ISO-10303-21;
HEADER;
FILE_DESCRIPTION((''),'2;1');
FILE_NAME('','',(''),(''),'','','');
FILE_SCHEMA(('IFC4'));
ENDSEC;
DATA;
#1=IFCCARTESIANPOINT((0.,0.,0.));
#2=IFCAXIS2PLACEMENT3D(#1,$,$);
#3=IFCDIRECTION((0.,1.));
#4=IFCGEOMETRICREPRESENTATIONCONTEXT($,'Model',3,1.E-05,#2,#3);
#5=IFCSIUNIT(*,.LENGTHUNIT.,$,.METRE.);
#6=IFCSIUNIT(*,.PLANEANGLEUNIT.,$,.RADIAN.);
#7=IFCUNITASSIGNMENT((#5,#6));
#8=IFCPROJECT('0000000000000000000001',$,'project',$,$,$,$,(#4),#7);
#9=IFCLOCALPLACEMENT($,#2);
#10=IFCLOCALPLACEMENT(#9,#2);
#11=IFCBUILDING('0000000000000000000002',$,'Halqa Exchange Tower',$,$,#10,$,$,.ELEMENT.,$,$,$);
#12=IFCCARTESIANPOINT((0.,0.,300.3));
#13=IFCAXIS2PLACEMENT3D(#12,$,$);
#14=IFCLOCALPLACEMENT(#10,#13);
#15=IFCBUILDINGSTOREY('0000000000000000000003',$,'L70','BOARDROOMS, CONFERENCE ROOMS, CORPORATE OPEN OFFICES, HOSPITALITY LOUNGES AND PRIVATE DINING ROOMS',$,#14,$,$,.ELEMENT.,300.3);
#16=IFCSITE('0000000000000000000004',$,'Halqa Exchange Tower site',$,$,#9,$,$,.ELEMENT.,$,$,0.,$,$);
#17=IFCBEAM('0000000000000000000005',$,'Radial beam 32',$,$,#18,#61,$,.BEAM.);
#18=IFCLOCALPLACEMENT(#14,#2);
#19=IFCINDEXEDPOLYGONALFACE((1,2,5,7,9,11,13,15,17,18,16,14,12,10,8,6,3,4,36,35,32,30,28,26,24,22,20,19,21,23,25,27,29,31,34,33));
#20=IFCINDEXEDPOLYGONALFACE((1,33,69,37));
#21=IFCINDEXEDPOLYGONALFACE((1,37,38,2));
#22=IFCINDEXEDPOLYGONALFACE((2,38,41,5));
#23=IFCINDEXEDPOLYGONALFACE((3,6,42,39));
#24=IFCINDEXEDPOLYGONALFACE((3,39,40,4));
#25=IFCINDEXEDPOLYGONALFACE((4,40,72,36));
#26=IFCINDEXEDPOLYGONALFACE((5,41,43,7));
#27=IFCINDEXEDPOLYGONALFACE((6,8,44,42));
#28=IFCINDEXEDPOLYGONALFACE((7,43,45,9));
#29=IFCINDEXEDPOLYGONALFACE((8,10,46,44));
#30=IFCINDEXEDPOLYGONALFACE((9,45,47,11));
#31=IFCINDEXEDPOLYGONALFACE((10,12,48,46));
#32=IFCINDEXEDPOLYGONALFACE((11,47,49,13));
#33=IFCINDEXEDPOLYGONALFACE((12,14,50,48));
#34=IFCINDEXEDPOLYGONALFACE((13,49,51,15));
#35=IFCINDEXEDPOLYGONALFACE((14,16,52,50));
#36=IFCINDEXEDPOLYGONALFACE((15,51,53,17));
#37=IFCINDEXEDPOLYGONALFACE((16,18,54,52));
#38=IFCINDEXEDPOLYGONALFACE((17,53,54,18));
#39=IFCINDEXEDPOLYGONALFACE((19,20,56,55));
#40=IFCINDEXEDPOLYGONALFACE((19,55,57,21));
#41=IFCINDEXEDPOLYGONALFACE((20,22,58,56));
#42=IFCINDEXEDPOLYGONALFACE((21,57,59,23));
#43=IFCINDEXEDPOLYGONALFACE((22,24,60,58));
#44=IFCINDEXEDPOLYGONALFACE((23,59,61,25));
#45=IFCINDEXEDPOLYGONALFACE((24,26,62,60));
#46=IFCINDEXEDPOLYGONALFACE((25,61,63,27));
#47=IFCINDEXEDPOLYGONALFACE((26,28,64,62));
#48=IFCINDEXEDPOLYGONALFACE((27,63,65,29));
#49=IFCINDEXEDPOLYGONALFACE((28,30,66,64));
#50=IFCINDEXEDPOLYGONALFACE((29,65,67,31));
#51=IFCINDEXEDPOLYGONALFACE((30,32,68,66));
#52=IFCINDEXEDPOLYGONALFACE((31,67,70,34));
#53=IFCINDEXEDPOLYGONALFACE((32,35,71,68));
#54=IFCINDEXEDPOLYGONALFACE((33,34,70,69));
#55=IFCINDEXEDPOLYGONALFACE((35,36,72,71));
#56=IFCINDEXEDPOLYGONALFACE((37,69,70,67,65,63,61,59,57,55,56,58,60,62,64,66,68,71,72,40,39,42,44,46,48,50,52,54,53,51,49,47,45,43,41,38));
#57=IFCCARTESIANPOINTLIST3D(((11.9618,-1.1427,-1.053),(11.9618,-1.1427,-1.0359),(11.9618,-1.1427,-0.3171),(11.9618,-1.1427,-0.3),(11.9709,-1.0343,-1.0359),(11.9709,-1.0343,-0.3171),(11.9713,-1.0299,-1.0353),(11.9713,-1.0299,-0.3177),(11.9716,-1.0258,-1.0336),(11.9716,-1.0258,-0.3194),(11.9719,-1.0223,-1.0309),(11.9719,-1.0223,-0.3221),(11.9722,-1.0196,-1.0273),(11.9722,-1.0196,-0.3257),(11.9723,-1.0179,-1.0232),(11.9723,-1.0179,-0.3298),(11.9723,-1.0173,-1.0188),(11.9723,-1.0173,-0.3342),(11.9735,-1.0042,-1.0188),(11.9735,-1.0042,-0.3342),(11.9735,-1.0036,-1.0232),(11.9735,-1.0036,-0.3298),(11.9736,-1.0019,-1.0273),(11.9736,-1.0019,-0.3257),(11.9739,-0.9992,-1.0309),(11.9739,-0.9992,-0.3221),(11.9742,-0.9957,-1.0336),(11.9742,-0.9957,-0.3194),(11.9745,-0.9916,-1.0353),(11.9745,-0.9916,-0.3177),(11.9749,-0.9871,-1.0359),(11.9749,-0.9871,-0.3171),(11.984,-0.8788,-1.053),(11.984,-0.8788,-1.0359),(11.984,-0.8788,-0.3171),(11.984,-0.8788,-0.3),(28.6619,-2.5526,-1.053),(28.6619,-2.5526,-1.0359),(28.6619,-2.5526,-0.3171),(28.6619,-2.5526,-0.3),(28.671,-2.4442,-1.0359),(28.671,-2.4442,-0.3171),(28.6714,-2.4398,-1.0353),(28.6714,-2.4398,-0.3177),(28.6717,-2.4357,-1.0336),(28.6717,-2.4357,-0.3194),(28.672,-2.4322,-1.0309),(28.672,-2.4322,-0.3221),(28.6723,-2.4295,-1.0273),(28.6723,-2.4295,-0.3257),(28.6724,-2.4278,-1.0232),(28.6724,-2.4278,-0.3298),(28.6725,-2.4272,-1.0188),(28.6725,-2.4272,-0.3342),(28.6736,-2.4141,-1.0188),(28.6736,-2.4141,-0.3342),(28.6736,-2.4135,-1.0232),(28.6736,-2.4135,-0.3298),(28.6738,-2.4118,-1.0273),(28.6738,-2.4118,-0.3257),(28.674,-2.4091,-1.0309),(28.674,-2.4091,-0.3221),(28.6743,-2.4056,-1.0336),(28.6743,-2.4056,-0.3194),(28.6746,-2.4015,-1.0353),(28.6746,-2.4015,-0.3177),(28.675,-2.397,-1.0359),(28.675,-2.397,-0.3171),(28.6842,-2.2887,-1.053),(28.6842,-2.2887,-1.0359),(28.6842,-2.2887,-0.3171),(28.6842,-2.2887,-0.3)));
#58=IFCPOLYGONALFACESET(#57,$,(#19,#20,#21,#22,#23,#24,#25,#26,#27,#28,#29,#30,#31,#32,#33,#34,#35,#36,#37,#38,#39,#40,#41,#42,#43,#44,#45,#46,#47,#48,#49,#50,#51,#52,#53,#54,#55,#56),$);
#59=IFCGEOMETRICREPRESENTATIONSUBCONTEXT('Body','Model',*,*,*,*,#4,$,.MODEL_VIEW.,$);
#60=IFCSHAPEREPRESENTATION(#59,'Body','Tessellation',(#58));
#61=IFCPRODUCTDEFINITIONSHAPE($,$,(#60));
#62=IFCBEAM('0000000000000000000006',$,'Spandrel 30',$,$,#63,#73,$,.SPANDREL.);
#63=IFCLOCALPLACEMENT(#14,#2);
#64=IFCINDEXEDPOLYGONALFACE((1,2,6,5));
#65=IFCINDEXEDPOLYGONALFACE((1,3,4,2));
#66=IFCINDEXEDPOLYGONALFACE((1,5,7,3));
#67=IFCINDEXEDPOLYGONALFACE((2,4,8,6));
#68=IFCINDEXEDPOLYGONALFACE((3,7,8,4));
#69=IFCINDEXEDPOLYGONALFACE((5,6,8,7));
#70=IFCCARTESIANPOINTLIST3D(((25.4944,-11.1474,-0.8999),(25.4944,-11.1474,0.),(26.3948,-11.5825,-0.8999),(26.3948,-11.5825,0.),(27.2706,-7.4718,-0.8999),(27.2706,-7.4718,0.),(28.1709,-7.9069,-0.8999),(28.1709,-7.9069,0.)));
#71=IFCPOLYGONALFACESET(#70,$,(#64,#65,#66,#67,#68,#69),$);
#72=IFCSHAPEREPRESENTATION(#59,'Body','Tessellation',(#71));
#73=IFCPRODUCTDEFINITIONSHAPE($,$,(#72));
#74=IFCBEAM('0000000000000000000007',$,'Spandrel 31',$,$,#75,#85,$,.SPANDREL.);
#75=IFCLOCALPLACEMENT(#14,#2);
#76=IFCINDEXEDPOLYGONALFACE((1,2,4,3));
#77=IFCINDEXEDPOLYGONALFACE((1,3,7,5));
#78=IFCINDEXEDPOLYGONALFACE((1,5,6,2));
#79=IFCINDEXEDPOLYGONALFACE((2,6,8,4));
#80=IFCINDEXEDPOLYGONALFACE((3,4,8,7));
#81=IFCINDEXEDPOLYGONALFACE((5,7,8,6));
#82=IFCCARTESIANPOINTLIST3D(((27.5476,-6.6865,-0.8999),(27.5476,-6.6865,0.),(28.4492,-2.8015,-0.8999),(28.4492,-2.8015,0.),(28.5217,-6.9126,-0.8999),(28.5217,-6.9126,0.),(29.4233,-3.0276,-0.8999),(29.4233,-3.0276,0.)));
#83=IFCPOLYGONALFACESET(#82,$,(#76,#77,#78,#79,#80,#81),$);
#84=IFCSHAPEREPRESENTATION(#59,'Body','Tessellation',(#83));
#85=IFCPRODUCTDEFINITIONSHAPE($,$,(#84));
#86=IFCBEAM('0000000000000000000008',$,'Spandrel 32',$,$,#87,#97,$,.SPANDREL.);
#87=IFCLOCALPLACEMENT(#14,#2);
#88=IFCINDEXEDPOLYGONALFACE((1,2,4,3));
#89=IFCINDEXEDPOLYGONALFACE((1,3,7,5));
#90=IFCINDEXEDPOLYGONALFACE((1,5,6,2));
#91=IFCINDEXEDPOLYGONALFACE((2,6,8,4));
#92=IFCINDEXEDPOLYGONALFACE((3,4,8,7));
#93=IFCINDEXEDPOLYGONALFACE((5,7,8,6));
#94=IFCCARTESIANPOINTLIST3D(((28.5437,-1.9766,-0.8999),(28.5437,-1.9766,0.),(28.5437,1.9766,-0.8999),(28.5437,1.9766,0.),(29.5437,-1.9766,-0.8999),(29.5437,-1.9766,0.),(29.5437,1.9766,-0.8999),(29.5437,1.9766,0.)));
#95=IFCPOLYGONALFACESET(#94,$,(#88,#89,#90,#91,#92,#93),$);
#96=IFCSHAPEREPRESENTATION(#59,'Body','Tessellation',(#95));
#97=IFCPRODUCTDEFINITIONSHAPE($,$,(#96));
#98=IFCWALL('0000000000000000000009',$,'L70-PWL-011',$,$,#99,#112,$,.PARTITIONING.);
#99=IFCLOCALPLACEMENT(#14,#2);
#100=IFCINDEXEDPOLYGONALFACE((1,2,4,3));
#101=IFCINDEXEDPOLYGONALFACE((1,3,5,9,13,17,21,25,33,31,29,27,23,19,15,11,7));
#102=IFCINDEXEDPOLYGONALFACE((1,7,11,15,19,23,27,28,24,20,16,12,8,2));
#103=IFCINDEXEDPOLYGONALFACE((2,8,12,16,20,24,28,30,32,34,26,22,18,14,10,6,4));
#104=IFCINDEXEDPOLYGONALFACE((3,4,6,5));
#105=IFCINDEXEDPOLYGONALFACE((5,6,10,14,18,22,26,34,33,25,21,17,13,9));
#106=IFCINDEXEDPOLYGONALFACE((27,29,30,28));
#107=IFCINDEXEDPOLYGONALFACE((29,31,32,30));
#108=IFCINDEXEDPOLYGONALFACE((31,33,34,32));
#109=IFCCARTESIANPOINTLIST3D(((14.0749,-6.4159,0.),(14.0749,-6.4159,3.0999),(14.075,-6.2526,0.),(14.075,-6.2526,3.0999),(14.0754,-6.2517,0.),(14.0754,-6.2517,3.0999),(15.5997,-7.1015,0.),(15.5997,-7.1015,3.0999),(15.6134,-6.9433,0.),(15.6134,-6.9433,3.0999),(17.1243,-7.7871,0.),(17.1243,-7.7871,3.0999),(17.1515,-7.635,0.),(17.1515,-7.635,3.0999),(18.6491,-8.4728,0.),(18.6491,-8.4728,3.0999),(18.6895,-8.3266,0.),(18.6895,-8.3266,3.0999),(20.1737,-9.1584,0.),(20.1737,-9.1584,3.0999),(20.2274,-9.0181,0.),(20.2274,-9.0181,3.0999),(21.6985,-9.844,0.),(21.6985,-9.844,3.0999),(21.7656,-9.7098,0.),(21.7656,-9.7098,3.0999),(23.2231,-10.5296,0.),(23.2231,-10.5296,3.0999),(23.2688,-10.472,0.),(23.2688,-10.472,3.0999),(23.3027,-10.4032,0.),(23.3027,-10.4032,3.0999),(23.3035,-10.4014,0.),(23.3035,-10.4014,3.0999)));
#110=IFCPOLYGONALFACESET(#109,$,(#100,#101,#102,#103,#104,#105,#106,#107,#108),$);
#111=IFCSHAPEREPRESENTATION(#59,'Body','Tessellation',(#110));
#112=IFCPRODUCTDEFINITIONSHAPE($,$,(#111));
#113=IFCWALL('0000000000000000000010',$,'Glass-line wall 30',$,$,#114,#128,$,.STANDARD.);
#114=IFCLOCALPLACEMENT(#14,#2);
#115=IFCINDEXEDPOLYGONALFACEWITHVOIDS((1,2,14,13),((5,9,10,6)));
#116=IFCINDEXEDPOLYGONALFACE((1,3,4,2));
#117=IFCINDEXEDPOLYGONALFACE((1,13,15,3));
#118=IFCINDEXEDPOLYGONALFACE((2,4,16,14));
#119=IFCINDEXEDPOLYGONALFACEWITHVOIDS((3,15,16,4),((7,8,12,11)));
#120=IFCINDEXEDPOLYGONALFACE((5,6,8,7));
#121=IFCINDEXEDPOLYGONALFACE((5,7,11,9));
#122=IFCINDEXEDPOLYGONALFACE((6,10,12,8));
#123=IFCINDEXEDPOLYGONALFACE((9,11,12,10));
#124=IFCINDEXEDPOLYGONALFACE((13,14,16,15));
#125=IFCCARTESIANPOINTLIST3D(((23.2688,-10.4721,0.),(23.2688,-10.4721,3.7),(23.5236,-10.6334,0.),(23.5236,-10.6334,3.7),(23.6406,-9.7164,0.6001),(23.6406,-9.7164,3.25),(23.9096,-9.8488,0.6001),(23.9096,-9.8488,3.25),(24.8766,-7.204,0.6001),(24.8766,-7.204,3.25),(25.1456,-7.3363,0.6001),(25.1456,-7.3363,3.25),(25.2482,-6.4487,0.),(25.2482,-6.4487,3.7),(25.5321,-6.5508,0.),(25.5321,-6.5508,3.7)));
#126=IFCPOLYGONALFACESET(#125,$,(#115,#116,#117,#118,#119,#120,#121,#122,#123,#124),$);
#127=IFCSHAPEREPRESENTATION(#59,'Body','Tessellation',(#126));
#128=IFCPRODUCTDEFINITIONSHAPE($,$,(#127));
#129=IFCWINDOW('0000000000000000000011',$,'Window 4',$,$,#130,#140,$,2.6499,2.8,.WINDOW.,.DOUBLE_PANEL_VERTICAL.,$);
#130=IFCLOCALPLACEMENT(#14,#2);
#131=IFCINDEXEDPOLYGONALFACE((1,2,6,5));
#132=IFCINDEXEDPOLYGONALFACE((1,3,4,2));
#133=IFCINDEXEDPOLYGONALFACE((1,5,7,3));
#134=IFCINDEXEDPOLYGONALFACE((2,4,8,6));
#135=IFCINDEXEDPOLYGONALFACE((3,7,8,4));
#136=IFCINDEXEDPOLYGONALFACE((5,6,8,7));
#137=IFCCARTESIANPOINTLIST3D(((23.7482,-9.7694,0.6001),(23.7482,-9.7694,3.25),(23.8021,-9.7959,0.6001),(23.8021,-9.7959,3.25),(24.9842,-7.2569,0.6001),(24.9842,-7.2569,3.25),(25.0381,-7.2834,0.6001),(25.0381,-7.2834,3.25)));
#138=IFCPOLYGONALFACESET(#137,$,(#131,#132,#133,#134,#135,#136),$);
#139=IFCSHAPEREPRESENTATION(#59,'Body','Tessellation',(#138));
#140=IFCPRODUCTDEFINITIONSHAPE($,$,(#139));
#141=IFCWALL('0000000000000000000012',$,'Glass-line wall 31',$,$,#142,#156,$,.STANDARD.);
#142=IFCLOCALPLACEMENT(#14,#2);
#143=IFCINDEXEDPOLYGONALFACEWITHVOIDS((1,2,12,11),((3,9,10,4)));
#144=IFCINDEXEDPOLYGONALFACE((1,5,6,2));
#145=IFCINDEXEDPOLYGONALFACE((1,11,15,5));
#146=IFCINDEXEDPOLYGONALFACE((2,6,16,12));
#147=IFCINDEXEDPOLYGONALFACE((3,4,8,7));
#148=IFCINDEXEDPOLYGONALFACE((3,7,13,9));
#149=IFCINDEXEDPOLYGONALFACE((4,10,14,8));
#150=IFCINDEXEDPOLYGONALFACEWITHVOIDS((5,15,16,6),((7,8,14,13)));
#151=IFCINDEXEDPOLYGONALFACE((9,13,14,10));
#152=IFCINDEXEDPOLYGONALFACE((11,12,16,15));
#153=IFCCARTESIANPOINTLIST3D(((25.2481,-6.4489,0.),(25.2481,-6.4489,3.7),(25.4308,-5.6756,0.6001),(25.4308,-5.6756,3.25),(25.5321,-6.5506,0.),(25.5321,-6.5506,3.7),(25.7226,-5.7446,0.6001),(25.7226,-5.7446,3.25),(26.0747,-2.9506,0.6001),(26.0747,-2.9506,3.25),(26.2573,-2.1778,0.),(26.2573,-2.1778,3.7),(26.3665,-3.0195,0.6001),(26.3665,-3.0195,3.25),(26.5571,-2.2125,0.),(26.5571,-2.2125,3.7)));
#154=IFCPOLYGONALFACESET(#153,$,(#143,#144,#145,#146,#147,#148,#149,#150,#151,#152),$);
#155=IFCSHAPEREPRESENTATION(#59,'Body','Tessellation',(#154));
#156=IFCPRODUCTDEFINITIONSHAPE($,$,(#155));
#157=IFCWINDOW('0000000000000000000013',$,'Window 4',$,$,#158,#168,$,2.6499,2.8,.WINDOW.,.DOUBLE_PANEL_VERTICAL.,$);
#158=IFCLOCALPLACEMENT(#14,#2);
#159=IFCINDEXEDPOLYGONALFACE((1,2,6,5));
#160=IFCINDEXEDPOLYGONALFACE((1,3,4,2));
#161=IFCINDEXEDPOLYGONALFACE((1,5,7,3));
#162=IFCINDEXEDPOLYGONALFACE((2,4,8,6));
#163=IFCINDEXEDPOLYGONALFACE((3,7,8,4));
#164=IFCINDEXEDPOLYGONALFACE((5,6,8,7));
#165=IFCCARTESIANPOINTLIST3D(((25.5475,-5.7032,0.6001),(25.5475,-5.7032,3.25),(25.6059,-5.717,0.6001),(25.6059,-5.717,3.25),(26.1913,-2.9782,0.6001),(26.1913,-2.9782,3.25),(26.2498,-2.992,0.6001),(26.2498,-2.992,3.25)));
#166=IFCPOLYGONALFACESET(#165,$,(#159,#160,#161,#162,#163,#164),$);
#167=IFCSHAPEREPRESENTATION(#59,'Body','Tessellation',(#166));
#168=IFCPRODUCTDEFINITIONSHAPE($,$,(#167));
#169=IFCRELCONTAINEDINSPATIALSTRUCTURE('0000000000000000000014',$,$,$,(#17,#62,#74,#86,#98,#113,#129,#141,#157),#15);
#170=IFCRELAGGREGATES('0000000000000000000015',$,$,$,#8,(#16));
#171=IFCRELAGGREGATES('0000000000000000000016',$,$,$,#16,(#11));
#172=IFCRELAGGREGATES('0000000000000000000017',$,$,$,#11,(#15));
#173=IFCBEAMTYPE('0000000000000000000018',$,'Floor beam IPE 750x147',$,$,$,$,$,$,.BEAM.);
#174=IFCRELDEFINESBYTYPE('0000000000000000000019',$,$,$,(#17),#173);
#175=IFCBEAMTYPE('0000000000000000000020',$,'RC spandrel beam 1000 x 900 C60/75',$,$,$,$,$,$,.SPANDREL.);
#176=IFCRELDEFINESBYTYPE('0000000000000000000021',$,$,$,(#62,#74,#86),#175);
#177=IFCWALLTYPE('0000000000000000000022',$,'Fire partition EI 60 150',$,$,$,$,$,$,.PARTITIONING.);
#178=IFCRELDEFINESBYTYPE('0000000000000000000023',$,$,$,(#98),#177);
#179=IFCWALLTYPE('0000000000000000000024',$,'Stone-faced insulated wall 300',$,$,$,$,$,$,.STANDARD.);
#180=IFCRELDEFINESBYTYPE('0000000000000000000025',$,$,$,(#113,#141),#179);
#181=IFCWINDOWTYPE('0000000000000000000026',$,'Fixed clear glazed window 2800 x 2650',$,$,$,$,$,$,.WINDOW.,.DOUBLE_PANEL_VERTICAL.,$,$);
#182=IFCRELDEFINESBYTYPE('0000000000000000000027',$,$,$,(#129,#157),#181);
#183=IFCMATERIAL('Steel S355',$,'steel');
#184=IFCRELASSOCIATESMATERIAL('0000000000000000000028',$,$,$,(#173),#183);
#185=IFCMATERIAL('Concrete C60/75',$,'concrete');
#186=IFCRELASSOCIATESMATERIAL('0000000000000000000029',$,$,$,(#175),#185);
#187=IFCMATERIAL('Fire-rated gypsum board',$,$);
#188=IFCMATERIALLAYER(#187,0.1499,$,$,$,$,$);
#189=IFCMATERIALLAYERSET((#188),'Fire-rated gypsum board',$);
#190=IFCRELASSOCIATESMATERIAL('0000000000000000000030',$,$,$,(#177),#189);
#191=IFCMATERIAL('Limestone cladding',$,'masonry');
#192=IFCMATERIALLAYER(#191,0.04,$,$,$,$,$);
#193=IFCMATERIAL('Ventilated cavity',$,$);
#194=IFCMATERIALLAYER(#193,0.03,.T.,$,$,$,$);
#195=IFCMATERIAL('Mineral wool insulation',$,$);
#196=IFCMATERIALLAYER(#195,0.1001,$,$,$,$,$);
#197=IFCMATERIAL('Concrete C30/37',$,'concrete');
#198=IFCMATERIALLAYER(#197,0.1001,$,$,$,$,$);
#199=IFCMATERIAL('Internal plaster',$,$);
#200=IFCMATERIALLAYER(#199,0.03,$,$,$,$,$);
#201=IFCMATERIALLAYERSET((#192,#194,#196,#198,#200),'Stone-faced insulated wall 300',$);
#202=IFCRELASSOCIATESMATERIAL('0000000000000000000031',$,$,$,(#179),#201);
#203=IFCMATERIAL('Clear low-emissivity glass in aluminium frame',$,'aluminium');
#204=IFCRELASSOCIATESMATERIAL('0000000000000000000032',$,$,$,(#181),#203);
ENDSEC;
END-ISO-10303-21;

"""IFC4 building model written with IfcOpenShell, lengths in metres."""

from ifc_helpers import new_model, si_unit, direction, frame, frame_2d, origin, origin_2d, place, context, subcontext, project, spatial, polyline, rectangle, i_section, outline, extrude, material, layer, layer_set, material_profile, profile_set, type_object, element, fill, save


model = new_model("IFC4")

# Units and contexts
model_context = context("Model", 3, precision=1e-05, world=origin(), true_north=direction((0.0, 1.0)))
body_context = subcontext(model_context, "Body", "Model", "MODEL_VIEW")
ifc_project = project(units=[si_unit("LENGTHUNIT", "METRE"), si_unit("PLANEANGLEUNIT", "RADIAN")], contexts=[model_context])

# Site, building, storey
site_placement = place(None, origin())
site = spatial("IfcSite", under=ifc_project, at=site_placement, Name="Halqa Exchange Tower site", CompositionType="ELEMENT", RefElevation=0.0)
building_placement = place(site_placement, origin())
building = spatial("IfcBuilding", under=site, at=building_placement, Name="Halqa Exchange Tower", CompositionType="ELEMENT")
storey_placement = place(building_placement, frame((0.0, 0.0, 300.3)))
storey = spatial("IfcBuildingStorey", under=building, at=storey_placement, Name="L70", Description="BOARDROOMS, CONFERENCE ROOMS, CORPORATE OPEN OFFICES, HOSPITALITY LOUNGES AND PRIVATE DINING ROOMS", CompositionType="ELEMENT", Elevation=300.3)

# Beams
ifc_material_1 = material(Name="Steel S355", Category="steel")
ifc_material_profile_1 = material_profile(ifc_material_1, i_section(OverallWidth=0.2649, OverallDepth=0.7529, WebThickness=0.0132, FlangeThickness=0.0171, FilletRadius=0.0171, at=origin_2d()), Name="IPE 750x147")
ifc_profile_set_1 = profile_set([ifc_material_profile_1], Name="Steel S355")
beam_type_1 = type_object("IfcBeamType", Name="Floor beam IPE 750x147", PredefinedType="BEAM", material=ifc_profile_set_1)
beam_1_placement = place(storey_placement, frame((11.9729, -1.0107, -0.6765), z_axis=(0.996455, -0.084126, 0.0), x_axis=(0.084126, 0.996455, 0.0)))
element("IfcBeam", 1, at=beam_1_placement, inside=storey, type_object=beam_type_1, Name="Radial beam 32", PredefinedType="BEAM", context=body_context, shape_type="SweptSolid", body=[
    extrude(i_section(OverallWidth=0.2649, OverallDepth=0.7529, WebThickness=0.0132, FlangeThickness=0.0171, FilletRadius=0.0171, at=origin_2d()), origin(), (0.0, 0.0, 1.0), 16.7595),
])
ifc_material_2 = material(Name="Concrete C60/75", Category="concrete")
ifc_material_profile_2 = material_profile(ifc_material_2, rectangle(XDim=1.0, YDim=0.8999, at=origin_2d()), Name="1000 x 900")
ifc_profile_set_2 = profile_set([ifc_material_profile_2], Name="Concrete C60/75")
beam_type_2 = type_object("IfcBeamType", Name="RC spandrel beam 1000 x 900 C60/75", PredefinedType="SPANDREL", material=ifc_profile_set_2)
beam_2_placement = place(storey_placement, frame((25.9446, -11.365, -0.45), z_axis=(0.435092, 0.900386, 0.0), x_axis=(-0.900386, 0.435092, 0.0)))
element("IfcBeam", 2, at=beam_2_placement, inside=storey, type_object=beam_type_2, Name="Spandrel 30", PredefinedType="SPANDREL", context=body_context, shape_type="SweptSolid", body=[
    extrude(rectangle(XDim=1.0, YDim=0.8999, at=origin_2d()), origin(), (0.0, 0.0, 1.0), 4.0823),
])
beam_3_placement = place(storey_placement, frame((28.0347, -6.7996, -0.45), z_axis=(0.226066, 0.974112, 0.0), x_axis=(-0.974112, 0.226066, 0.0)))
element("IfcBeam", 3, at=beam_3_placement, inside=storey, type_object=beam_type_2, Name="Spandrel 31", PredefinedType="SPANDREL", context=body_context, shape_type="SweptSolid", body=[
    extrude(rectangle(XDim=1.0, YDim=0.8999, at=origin_2d()), origin(), (0.0, 0.0, 1.0), 3.9883),
])
beam_4_placement = place(storey_placement, frame((29.0437, -1.9766, -0.45), z_axis=(0.0, 1.0, 0.0), x_axis=(-1.0, 0.0, 0.0)))
element("IfcBeam", 4, at=beam_4_placement, inside=storey, type_object=beam_type_2, Name="Spandrel 32", PredefinedType="SPANDREL", context=body_context, shape_type="SweptSolid", body=[
    extrude(rectangle(XDim=1.0, YDim=0.8999, at=origin_2d()), origin(), (0.0, 0.0, 1.0), 3.9531),
])

# Wall
ifc_material_3 = material(Name="Fire-rated gypsum board")
ifc_layer_1 = layer(ifc_material_3, 0.1499)
ifc_layer_set_1 = layer_set([ifc_layer_1], Name="Fire-rated gypsum board")
wall_type_1 = type_object("IfcWallType", Name="Fire partition EI 60 150", PredefinedType="PARTITIONING", material=ifc_layer_set_1)
wall_1_placement = place(storey_placement, frame((14.0447, -6.3201, 0.0), z_axis=(0.0, 0.0, 1.0), x_axis=(0.912031, -0.410122, 0.0)))
element("IfcWall", 5, at=wall_1_placement, inside=storey, type_object=wall_type_1, Name="L70-PWL-011", PredefinedType="PARTITIONING", context=body_context, shape_type="SweptSolid", body=[
    extrude(outline(polyline([(0.0669, -0.075), (1.7388, -0.075), (3.4104, -0.075), (5.0823, -0.075), (6.7539, -0.075), (8.4258, -0.075), (10.0974, -0.075), (10.1155, -0.0037), (10.1182, 0.073), (10.1182, 0.075), (8.4319, 0.075), (6.7454, 0.075), (5.0591, 0.075), (3.3728, 0.075), (1.6863, 0.075), (0.0, 0.075), (0.0, 0.074), (0.0669, -0.075)])), origin(), (0.0, 0.0, 1.0), 3.0999),
])

# Walls, openings, windows
ifc_material_4 = material(Name="Limestone cladding", Category="masonry")
ifc_layer_2 = layer(ifc_material_4, 0.04)
ifc_material_5 = material(Name="Ventilated cavity")
ifc_layer_3 = layer(ifc_material_5, 0.03, ventilated=True)
ifc_material_6 = material(Name="Mineral wool insulation")
ifc_layer_4 = layer(ifc_material_6, 0.1001)
ifc_material_7 = material(Name="Concrete C30/37", Category="concrete")
ifc_layer_5 = layer(ifc_material_7, 0.1001)
ifc_material_8 = material(Name="Internal plaster")
ifc_layer_6 = layer(ifc_material_8, 0.03)
ifc_layer_set_2 = layer_set([ifc_layer_2, ifc_layer_3, ifc_layer_4, ifc_layer_5, ifc_layer_6], Name="Stone-faced insulated wall 300")
wall_type_2 = type_object("IfcWallType", Name="Stone-faced insulated wall 300", PredefinedType="STANDARD", material=ifc_layer_set_2)
wall_2_placement = place(storey_placement, frame((23.3962, -10.5527, 0.0), z_axis=(0.0, 0.0, 1.0), x_axis=(0.441432, 0.897295, 0.0)))
wall_2 = element("IfcWall", 6, at=wall_2_placement, inside=storey, type_object=wall_type_2, Name="Glass-line wall 30", PredefinedType="STANDARD", context=body_context, shape_type="SweptSolid", body=[
    extrude(outline(polyline([(-0.0161, -0.1499), (4.5337, -0.1499), (4.5, 0.1499), (0.0161, 0.1499), (-0.0161, -0.1499)])), origin(), (0.0, 0.0, 1.0), 3.7),
])
opening_1_placement = place(wall_2_placement, frame((0.8584, 0.0, 0.6001)))
opening_1 = element("IfcOpeningElement", 7, at=opening_1_placement, cuts=wall_2, PredefinedType="OPENING", context=body_context, shape_type="SweptSolid", body=[
    extrude(rectangle(XDim=2.8, YDim=2.6499, at=frame_2d((1.3999, 1.325))), frame((0.0, 0.1621, 0.0), z_axis=(0.0, -1.0, 0.0), x_axis=(1.0, 0.0, 0.0)), (0.0, 0.0, 1.0), 0.324),
])
ifc_material_9 = material(Name="Clear low-emissivity glass in aluminium frame", Category="aluminium")
window_type = type_object("IfcWindowType", Name="Fixed clear glazed window 2800 x 2650", PartitioningType="DOUBLE_PANEL_VERTICAL", PredefinedType="WINDOW", material=ifc_material_9)
window_1_placement = place(opening_1_placement, origin())
window_1 = element("IfcWindow", 8, at=window_1_placement, inside=storey, type_object=window_type, Name="Window 4", OverallHeight=2.6499, OverallWidth=2.8, PartitioningType="DOUBLE_PANEL_VERTICAL", PredefinedType="WINDOW", context=body_context, shape_type="SweptSolid", body=[
    extrude(rectangle(XDim=2.8, YDim=2.6499, at=frame_2d((1.3999, 1.325))), frame((0.0, 0.03, 0.0), z_axis=(0.0, -1.0, 0.0), x_axis=(1.0, 0.0, 0.0)), (0.0, 0.0, 1.0), 0.0601),
])
fill(opening_1, window_1)
wall_3_placement = place(storey_placement, frame((25.3901, -6.4998, 0.0), z_axis=(0.0, 0.0, 1.0), x_axis=(0.229944, 0.973204, 0.0)))
wall_3 = element("IfcWall", 9, at=wall_3_placement, inside=storey, type_object=wall_type_2, Name="Glass-line wall 31", PredefinedType="STANDARD", context=body_context, shape_type="SweptSolid", body=[
    extrude(outline(polyline([(-0.0168, -0.1499), (4.4407, -0.1499), (4.4055, 0.1499), (0.0168, 0.1499), (-0.0168, -0.1499)])), origin(), (0.0, 0.0, 1.0), 3.7),
])
opening_2_placement = place(wall_3_placement, frame((0.8115, 0.0, 0.6001)))
opening_2 = element("IfcOpeningElement", 10, at=opening_2_placement, cuts=wall_3, PredefinedType="OPENING", context=body_context, shape_type="SweptSolid", body=[
    extrude(rectangle(XDim=2.8, YDim=2.6499, at=frame_2d((1.3999, 1.325))), frame((0.0, 0.1621, 0.0), z_axis=(0.0, -1.0, 0.0), x_axis=(1.0, 0.0, 0.0)), (0.0, 0.0, 1.0), 0.324),
])
window_2_placement = place(opening_2_placement, origin())
window_2 = element("IfcWindow", 11, at=window_2_placement, inside=storey, type_object=window_type, Name="Window 4", OverallHeight=2.6499, OverallWidth=2.8, PartitioningType="DOUBLE_PANEL_VERTICAL", PredefinedType="WINDOW", context=body_context, shape_type="SweptSolid", body=[
    extrude(rectangle(XDim=2.8, YDim=2.6499, at=frame_2d((1.3999, 1.325))), frame((0.0, 0.03, 0.0), z_axis=(0.0, -1.0, 0.0), x_axis=(1.0, 0.0, 0.0)), (0.0, 0.0, 1.0), 0.0601),
])
fill(opening_2, window_2)

save(model, "model.ifc")
